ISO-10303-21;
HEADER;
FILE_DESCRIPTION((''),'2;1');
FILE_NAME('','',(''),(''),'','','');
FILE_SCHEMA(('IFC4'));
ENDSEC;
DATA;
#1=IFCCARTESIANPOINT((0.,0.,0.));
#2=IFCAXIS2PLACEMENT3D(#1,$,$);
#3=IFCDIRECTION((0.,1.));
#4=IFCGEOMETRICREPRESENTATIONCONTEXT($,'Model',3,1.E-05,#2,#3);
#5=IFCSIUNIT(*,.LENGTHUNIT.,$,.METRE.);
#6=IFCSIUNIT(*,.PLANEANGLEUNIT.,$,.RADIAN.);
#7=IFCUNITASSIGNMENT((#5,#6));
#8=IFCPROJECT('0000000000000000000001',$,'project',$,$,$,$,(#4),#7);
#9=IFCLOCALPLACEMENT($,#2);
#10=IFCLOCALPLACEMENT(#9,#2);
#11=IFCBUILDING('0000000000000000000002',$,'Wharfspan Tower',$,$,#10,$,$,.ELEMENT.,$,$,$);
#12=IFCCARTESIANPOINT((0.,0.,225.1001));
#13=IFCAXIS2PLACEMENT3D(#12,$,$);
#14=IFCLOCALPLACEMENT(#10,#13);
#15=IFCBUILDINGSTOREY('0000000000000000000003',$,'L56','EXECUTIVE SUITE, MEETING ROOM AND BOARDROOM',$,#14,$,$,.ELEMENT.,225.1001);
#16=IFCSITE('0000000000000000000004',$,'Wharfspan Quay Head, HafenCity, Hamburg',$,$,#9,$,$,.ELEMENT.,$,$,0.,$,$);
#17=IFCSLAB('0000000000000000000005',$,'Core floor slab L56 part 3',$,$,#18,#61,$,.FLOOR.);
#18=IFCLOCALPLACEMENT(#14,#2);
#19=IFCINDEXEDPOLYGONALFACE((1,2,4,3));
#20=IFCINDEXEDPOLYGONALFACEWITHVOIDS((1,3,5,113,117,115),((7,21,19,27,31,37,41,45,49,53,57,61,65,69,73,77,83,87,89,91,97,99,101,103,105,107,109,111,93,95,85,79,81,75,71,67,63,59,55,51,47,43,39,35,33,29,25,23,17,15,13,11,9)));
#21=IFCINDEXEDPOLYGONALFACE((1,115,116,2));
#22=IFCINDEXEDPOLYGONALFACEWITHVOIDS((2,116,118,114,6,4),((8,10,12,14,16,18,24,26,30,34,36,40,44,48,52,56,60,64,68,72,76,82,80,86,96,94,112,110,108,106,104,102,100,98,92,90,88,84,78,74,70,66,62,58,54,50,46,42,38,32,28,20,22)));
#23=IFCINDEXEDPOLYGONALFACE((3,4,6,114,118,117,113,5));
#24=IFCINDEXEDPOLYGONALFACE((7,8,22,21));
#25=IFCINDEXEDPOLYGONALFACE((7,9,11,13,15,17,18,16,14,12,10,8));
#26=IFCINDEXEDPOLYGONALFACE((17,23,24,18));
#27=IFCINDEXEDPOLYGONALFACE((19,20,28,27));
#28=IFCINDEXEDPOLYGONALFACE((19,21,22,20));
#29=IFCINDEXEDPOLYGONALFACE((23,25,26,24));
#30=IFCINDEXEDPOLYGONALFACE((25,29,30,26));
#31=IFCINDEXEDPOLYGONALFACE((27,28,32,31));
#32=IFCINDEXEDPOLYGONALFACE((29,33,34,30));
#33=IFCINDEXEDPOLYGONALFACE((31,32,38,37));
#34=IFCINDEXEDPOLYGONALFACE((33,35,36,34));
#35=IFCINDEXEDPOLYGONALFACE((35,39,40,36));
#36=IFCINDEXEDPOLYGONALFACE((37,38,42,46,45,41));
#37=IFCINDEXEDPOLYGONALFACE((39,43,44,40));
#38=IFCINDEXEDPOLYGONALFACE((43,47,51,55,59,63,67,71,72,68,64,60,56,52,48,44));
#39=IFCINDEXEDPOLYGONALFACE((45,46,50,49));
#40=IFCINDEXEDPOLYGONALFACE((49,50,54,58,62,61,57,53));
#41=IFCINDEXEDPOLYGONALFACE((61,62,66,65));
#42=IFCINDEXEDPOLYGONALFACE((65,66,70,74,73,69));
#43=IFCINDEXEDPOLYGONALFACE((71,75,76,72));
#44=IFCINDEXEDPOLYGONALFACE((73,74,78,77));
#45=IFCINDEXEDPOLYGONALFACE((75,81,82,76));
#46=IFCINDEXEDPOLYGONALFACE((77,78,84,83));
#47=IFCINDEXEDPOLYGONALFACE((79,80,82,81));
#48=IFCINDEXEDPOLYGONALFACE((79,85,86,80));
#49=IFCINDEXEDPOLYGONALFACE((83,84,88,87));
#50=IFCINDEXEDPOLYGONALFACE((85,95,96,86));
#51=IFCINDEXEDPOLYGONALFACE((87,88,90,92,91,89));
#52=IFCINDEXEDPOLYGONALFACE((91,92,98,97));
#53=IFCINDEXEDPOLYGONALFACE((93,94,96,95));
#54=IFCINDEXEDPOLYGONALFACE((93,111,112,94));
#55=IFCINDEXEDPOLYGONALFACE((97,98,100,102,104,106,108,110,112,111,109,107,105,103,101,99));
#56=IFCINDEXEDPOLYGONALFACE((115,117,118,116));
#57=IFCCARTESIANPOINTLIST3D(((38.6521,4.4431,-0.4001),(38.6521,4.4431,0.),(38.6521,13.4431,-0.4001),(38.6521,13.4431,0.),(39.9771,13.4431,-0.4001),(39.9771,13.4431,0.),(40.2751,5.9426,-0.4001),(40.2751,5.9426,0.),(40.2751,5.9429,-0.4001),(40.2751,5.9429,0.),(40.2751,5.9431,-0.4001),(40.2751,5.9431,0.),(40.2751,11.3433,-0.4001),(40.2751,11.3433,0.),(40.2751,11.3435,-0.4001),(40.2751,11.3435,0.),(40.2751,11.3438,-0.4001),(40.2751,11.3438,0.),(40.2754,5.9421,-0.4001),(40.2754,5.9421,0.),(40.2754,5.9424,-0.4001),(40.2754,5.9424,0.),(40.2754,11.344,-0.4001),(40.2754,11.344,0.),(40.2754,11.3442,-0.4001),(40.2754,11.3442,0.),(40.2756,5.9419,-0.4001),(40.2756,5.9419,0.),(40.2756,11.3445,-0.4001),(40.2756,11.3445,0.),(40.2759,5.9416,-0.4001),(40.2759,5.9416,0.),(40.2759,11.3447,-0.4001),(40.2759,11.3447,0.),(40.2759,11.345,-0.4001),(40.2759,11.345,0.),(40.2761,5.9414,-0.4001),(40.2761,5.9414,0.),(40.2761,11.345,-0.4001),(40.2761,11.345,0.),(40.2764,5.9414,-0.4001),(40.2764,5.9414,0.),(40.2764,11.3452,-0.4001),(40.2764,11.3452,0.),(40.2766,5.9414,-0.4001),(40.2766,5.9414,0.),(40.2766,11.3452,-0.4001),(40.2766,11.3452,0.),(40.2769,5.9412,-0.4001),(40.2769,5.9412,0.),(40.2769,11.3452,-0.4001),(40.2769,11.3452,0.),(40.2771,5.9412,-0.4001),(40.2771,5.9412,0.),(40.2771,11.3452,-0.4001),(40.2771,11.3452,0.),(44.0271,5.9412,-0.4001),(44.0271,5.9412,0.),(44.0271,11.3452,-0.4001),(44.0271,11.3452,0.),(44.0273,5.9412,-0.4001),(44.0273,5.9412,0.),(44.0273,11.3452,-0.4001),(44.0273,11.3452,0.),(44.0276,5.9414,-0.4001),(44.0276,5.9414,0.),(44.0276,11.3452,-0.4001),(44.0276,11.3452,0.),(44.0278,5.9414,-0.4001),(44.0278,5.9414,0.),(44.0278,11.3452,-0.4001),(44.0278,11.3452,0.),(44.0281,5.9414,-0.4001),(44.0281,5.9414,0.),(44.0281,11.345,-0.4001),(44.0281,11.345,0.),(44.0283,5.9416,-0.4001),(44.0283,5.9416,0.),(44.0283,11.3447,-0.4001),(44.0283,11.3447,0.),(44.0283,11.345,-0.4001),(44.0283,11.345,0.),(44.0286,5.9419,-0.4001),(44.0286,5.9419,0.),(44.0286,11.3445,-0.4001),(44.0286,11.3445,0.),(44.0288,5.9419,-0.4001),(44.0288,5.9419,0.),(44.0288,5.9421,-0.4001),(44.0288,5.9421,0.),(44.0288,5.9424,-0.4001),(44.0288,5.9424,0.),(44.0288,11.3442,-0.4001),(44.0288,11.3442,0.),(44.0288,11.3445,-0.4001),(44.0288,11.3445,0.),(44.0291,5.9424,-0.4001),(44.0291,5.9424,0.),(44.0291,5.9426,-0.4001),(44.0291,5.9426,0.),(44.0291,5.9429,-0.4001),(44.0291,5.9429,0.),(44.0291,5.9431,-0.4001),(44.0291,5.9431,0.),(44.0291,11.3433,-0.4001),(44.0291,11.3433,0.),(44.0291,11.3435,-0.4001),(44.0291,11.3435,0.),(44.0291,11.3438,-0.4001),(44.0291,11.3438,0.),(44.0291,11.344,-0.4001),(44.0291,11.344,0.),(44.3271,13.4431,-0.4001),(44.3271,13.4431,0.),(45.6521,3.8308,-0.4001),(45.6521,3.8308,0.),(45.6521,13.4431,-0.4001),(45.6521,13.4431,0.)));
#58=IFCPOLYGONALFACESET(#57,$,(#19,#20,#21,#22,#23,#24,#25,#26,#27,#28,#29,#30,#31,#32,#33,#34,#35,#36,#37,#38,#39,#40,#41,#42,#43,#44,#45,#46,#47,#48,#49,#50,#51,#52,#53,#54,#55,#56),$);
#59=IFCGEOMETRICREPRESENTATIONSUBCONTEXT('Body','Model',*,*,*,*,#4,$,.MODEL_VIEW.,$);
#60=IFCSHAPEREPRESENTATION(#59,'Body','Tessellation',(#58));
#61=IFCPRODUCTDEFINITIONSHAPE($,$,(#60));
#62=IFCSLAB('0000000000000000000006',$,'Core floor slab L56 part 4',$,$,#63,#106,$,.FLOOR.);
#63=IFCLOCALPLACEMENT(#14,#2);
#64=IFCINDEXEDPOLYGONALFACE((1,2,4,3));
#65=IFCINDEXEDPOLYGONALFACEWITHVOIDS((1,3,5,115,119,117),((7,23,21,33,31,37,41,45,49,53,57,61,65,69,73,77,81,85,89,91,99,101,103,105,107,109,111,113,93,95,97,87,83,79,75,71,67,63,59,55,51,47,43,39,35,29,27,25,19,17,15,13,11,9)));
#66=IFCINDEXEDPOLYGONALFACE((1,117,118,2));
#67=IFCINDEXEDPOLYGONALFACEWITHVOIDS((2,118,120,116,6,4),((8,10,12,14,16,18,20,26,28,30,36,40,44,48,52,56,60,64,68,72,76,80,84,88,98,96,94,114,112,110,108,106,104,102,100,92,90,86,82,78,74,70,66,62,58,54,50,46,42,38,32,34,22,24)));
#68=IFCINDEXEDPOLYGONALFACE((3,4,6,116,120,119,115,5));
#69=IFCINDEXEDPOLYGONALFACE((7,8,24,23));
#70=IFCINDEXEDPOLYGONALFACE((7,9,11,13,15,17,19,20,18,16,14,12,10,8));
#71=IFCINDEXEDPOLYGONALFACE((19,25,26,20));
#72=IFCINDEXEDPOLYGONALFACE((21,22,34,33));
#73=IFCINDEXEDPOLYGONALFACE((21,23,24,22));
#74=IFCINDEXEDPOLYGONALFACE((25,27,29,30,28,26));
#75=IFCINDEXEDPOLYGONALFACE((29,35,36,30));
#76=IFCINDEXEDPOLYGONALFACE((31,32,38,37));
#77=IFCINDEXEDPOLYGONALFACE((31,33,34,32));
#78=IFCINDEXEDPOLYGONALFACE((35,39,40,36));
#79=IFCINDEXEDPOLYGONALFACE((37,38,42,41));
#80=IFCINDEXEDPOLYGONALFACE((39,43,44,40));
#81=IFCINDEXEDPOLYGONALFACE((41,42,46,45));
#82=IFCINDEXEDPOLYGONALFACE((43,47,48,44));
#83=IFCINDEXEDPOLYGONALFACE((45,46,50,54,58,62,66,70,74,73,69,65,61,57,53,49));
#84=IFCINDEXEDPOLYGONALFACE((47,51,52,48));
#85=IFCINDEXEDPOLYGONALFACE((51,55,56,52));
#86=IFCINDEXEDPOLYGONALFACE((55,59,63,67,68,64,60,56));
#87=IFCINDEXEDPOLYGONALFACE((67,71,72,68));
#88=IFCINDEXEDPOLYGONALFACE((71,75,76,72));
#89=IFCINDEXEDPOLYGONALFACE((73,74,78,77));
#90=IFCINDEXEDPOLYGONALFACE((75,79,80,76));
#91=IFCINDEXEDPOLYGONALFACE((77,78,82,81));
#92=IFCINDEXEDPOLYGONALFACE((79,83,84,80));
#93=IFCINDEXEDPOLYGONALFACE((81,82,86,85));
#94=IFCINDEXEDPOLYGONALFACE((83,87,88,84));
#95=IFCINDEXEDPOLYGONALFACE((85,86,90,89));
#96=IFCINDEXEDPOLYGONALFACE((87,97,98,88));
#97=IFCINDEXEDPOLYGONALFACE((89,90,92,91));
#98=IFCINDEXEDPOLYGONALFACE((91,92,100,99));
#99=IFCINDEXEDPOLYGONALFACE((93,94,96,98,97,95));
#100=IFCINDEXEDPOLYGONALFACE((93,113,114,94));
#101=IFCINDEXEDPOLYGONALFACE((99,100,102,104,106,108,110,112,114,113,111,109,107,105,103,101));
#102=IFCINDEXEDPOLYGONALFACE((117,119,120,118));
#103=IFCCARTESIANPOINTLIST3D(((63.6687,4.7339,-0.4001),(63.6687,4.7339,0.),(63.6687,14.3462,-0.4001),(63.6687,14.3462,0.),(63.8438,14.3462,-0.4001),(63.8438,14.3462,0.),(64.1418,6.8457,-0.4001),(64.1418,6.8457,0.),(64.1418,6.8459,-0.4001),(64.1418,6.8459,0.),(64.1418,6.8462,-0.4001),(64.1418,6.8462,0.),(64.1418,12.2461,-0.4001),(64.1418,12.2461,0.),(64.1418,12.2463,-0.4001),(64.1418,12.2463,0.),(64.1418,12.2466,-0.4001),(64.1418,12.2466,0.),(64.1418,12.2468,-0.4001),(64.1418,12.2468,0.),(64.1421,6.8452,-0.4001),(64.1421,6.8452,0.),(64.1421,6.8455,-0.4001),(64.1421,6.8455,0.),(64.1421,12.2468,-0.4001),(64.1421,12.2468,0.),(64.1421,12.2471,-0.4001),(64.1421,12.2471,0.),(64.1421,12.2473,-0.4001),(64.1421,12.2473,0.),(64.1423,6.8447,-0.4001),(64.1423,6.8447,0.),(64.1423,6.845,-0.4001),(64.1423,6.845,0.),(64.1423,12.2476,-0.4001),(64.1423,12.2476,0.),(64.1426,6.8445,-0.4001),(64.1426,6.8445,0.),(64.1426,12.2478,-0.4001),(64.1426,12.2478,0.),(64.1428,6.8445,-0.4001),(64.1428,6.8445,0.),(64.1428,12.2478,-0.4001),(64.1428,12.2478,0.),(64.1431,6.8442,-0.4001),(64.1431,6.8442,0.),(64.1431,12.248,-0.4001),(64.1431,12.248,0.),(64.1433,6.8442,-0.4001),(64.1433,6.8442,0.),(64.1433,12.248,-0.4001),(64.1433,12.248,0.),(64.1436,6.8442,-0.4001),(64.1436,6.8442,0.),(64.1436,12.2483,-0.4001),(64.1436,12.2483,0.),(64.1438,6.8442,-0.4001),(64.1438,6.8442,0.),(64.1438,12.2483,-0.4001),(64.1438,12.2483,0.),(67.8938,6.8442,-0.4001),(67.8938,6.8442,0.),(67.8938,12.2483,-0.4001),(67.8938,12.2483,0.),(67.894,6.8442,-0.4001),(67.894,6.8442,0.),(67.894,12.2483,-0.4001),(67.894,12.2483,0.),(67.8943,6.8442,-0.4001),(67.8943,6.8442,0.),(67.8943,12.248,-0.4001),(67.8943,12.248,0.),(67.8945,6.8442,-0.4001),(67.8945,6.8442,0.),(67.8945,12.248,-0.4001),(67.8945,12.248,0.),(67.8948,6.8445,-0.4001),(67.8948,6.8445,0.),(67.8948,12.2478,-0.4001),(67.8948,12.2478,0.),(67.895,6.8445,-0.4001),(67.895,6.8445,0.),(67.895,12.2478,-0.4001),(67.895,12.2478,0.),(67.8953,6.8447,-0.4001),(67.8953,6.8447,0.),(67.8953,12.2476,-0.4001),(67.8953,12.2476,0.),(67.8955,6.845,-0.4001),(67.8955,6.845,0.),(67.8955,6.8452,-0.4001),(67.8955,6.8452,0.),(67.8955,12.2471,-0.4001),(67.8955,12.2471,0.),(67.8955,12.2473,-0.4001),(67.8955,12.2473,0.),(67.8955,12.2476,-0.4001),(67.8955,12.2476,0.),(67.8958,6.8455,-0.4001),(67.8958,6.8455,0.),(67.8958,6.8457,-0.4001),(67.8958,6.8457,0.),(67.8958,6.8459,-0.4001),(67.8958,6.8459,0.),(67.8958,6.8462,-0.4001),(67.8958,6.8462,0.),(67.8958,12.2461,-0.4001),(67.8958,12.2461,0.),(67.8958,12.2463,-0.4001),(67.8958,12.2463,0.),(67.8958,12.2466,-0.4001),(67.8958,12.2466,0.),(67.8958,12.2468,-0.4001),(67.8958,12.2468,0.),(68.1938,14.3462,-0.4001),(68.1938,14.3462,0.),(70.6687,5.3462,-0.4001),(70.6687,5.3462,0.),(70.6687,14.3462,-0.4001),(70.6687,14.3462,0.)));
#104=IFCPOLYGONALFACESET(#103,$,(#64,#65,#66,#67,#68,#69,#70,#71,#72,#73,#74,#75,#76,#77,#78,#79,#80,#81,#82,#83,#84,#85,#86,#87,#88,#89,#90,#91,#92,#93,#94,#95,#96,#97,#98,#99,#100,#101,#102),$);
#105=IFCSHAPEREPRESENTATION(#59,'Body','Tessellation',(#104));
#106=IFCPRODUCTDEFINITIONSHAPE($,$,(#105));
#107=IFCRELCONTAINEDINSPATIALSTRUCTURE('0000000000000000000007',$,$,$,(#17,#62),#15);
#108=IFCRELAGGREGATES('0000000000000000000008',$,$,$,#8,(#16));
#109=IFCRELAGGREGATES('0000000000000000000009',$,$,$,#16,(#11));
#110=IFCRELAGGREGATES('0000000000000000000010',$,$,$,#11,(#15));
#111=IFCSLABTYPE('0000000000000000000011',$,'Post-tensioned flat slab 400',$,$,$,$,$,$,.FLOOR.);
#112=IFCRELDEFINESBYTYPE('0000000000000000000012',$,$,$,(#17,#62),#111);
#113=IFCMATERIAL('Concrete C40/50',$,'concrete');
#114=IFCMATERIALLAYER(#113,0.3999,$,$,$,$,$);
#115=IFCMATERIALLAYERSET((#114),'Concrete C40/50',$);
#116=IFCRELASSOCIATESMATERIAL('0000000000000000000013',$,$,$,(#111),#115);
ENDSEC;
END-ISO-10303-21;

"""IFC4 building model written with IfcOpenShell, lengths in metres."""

from ifc_helpers import new_model, si_unit, direction, frame, origin, place, context, subcontext, project, spatial, polyline, outline, extrude, material, layer, layer_set, type_object, element, save


model = new_model("IFC4")

# Units and contexts
model_context = context("Model", 3, precision=1e-05, world=origin(), true_north=direction((0.0, 1.0)))
body_context = subcontext(model_context, "Body", "Model", "MODEL_VIEW")
ifc_project = project(units=[si_unit("LENGTHUNIT", "METRE"), si_unit("PLANEANGLEUNIT", "RADIAN")], contexts=[model_context])

# Site, building, storey
site_placement = place(None, origin())
site = spatial("IfcSite", under=ifc_project, at=site_placement, Name="Wharfspan Quay Head, HafenCity, Hamburg", CompositionType="ELEMENT", RefElevation=0.0)
building_placement = place(site_placement, origin())
building = spatial("IfcBuilding", under=site, at=building_placement, Name="Wharfspan Tower", CompositionType="ELEMENT")
storey_placement = place(building_placement, frame((0.0, 0.0, 225.1001)))
storey = spatial("IfcBuildingStorey", under=building, at=storey_placement, Name="L56", Description="EXECUTIVE SUITE, MEETING ROOM AND BOARDROOM", CompositionType="ELEMENT", Elevation=225.1001)

# Slabs
ifc_material_1 = material(Name="Concrete C40/50", Category="concrete")
ifc_layer_1 = layer(ifc_material_1, 0.3999)
ifc_layer_set_1 = layer_set([ifc_layer_1], Name="Concrete C40/50")
slab_type_1 = type_object("IfcSlabType", Name="Post-tensioned flat slab 400", PredefinedType="FLOOR", material=ifc_layer_set_1)
slab_1_placement = place(storey_placement, frame((0.0, 0.0, -0.4001)))
element("IfcSlab", 1, at=slab_1_placement, inside=storey, type_object=slab_type_1, Name="Core floor slab L56 part 3", PredefinedType="FLOOR", context=body_context, shape_type="SweptSolid", body=[
    extrude(outline(polyline([(44.3271, 13.4431), (39.9771, 13.4431), (38.6521, 13.4431), (38.6521, 4.4431), (45.6521, 3.8308), (45.6521, 13.4431), (44.3271, 13.4431)]), holes=[polyline([(40.2751, 11.3433), (40.2751, 11.3435), (40.2751, 11.3435), (40.2751, 11.3438), (40.2754, 11.344), (40.2754, 11.3442), (40.2754, 11.3442), (40.2756, 11.3445), (40.2756, 11.3445), (40.2759, 11.3447), (40.2759, 11.345), (40.2761, 11.345), (40.2764, 11.3452), (40.2766, 11.3452), (40.2766, 11.3452), (40.2769, 11.3452), (40.2771, 11.3452), (44.0271, 11.3452), (44.0273, 11.3452), (44.0276, 11.3452), (44.0276, 11.3452), (44.0278, 11.3452), (44.0281, 11.345), (44.0283, 11.345), (44.0283, 11.3447), (44.0286, 11.3445), (44.0288, 11.3445), (44.0288, 11.3442), (44.0288, 11.3442), (44.0291, 11.344), (44.0291, 11.3438), (44.0291, 11.3435), (44.0291, 11.3435), (44.0291, 11.3433), (44.0291, 5.9431), (44.0291, 5.9431), (44.0291, 5.9429), (44.0291, 5.9426), (44.0291, 5.9424), (44.0288, 5.9424), (44.0288, 5.9421), (44.0288, 5.9419), (44.0286, 5.9419), (44.0283, 5.9417), (44.0283, 5.9417), (44.0281, 5.9414), (44.0278, 5.9414), (44.0276, 5.9414), (44.0276, 5.9414), (44.0273, 5.9412), (44.0271, 5.9412), (40.2771, 5.9412), (40.2769, 5.9412), (40.2766, 5.9414), (40.2766, 5.9414), (40.2764, 5.9414), (40.2761, 5.9414), (40.2759, 5.9417), (40.2759, 5.9417), (40.2756, 5.9419), (40.2756, 5.9419), (40.2754, 5.9421), (40.2754, 5.9424), (40.2754, 5.9424), (40.2751, 5.9426), (40.2751, 5.9429), (40.2751, 5.9431), (40.2751, 5.9431), (40.2751, 11.3433)])]), origin(), (0.0, 0.0, 1.0), 0.4001),
])
slab_2_placement = place(storey_placement, frame((0.0, 0.0, -0.4001)))
element("IfcSlab", 2, at=slab_2_placement, inside=storey, type_object=slab_type_1, Name="Core floor slab L56 part 4", PredefinedType="FLOOR", context=body_context, shape_type="SweptSolid", body=[
    extrude(outline(polyline([(70.6687, 14.3462), (68.1938, 14.3462), (63.8438, 14.3462), (63.6687, 14.3462), (63.6687, 4.7339), (70.6687, 5.3462), (70.6687, 14.3462)]), holes=[polyline([(64.1418, 12.2461), (64.1418, 12.2463), (64.1418, 12.2466), (64.1418, 12.2468), (64.1421, 12.2468), (64.1421, 12.2471), (64.1421, 12.2473), (64.1423, 12.2476), (64.1423, 12.2476), (64.1426, 12.2478), (64.1426, 12.2478), (64.1428, 12.2478), (64.1431, 12.248), (64.1433, 12.248), (64.1433, 12.248), (64.1436, 12.2483), (64.1438, 12.2483), (67.8938, 12.2483), (67.894, 12.2483), (67.8943, 12.248), (67.8943, 12.248), (67.8945, 12.248), (67.8948, 12.2478), (67.895, 12.2478), (67.895, 12.2478), (67.8953, 12.2476), (67.8955, 12.2476), (67.8955, 12.2473), (67.8955, 12.2471), (67.8958, 12.2468), (67.8958, 12.2468), (67.8958, 12.2466), (67.8958, 12.2463), (67.8958, 12.2461), (67.8958, 6.8462), (67.8958, 6.8459), (67.8958, 6.8457), (67.8958, 6.8457), (67.8958, 6.8455), (67.8955, 6.8452), (67.8955, 6.8452), (67.8955, 6.845), (67.8953, 6.8447), (67.895, 6.8445), (67.895, 6.8445), (67.8948, 6.8445), (67.8945, 6.8442), (67.8943, 6.8442), (67.8943, 6.8442), (67.894, 6.8442), (67.8938, 6.8442), (64.1438, 6.8442), (64.1436, 6.8442), (64.1433, 6.8442), (64.1433, 6.8442), (64.1431, 6.8442), (64.1428, 6.8445), (64.1426, 6.8445), (64.1426, 6.8445), (64.1423, 6.8447), (64.1423, 6.845), (64.1421, 6.8452), (64.1421, 6.8452), (64.1421, 6.8455), (64.1418, 6.8457), (64.1418, 6.8457), (64.1418, 6.8459), (64.1418, 6.8462), (64.1418, 12.2461)])]), origin(), (0.0, 0.0, 1.0), 0.4001),
])

save(model, "model.ifc")
